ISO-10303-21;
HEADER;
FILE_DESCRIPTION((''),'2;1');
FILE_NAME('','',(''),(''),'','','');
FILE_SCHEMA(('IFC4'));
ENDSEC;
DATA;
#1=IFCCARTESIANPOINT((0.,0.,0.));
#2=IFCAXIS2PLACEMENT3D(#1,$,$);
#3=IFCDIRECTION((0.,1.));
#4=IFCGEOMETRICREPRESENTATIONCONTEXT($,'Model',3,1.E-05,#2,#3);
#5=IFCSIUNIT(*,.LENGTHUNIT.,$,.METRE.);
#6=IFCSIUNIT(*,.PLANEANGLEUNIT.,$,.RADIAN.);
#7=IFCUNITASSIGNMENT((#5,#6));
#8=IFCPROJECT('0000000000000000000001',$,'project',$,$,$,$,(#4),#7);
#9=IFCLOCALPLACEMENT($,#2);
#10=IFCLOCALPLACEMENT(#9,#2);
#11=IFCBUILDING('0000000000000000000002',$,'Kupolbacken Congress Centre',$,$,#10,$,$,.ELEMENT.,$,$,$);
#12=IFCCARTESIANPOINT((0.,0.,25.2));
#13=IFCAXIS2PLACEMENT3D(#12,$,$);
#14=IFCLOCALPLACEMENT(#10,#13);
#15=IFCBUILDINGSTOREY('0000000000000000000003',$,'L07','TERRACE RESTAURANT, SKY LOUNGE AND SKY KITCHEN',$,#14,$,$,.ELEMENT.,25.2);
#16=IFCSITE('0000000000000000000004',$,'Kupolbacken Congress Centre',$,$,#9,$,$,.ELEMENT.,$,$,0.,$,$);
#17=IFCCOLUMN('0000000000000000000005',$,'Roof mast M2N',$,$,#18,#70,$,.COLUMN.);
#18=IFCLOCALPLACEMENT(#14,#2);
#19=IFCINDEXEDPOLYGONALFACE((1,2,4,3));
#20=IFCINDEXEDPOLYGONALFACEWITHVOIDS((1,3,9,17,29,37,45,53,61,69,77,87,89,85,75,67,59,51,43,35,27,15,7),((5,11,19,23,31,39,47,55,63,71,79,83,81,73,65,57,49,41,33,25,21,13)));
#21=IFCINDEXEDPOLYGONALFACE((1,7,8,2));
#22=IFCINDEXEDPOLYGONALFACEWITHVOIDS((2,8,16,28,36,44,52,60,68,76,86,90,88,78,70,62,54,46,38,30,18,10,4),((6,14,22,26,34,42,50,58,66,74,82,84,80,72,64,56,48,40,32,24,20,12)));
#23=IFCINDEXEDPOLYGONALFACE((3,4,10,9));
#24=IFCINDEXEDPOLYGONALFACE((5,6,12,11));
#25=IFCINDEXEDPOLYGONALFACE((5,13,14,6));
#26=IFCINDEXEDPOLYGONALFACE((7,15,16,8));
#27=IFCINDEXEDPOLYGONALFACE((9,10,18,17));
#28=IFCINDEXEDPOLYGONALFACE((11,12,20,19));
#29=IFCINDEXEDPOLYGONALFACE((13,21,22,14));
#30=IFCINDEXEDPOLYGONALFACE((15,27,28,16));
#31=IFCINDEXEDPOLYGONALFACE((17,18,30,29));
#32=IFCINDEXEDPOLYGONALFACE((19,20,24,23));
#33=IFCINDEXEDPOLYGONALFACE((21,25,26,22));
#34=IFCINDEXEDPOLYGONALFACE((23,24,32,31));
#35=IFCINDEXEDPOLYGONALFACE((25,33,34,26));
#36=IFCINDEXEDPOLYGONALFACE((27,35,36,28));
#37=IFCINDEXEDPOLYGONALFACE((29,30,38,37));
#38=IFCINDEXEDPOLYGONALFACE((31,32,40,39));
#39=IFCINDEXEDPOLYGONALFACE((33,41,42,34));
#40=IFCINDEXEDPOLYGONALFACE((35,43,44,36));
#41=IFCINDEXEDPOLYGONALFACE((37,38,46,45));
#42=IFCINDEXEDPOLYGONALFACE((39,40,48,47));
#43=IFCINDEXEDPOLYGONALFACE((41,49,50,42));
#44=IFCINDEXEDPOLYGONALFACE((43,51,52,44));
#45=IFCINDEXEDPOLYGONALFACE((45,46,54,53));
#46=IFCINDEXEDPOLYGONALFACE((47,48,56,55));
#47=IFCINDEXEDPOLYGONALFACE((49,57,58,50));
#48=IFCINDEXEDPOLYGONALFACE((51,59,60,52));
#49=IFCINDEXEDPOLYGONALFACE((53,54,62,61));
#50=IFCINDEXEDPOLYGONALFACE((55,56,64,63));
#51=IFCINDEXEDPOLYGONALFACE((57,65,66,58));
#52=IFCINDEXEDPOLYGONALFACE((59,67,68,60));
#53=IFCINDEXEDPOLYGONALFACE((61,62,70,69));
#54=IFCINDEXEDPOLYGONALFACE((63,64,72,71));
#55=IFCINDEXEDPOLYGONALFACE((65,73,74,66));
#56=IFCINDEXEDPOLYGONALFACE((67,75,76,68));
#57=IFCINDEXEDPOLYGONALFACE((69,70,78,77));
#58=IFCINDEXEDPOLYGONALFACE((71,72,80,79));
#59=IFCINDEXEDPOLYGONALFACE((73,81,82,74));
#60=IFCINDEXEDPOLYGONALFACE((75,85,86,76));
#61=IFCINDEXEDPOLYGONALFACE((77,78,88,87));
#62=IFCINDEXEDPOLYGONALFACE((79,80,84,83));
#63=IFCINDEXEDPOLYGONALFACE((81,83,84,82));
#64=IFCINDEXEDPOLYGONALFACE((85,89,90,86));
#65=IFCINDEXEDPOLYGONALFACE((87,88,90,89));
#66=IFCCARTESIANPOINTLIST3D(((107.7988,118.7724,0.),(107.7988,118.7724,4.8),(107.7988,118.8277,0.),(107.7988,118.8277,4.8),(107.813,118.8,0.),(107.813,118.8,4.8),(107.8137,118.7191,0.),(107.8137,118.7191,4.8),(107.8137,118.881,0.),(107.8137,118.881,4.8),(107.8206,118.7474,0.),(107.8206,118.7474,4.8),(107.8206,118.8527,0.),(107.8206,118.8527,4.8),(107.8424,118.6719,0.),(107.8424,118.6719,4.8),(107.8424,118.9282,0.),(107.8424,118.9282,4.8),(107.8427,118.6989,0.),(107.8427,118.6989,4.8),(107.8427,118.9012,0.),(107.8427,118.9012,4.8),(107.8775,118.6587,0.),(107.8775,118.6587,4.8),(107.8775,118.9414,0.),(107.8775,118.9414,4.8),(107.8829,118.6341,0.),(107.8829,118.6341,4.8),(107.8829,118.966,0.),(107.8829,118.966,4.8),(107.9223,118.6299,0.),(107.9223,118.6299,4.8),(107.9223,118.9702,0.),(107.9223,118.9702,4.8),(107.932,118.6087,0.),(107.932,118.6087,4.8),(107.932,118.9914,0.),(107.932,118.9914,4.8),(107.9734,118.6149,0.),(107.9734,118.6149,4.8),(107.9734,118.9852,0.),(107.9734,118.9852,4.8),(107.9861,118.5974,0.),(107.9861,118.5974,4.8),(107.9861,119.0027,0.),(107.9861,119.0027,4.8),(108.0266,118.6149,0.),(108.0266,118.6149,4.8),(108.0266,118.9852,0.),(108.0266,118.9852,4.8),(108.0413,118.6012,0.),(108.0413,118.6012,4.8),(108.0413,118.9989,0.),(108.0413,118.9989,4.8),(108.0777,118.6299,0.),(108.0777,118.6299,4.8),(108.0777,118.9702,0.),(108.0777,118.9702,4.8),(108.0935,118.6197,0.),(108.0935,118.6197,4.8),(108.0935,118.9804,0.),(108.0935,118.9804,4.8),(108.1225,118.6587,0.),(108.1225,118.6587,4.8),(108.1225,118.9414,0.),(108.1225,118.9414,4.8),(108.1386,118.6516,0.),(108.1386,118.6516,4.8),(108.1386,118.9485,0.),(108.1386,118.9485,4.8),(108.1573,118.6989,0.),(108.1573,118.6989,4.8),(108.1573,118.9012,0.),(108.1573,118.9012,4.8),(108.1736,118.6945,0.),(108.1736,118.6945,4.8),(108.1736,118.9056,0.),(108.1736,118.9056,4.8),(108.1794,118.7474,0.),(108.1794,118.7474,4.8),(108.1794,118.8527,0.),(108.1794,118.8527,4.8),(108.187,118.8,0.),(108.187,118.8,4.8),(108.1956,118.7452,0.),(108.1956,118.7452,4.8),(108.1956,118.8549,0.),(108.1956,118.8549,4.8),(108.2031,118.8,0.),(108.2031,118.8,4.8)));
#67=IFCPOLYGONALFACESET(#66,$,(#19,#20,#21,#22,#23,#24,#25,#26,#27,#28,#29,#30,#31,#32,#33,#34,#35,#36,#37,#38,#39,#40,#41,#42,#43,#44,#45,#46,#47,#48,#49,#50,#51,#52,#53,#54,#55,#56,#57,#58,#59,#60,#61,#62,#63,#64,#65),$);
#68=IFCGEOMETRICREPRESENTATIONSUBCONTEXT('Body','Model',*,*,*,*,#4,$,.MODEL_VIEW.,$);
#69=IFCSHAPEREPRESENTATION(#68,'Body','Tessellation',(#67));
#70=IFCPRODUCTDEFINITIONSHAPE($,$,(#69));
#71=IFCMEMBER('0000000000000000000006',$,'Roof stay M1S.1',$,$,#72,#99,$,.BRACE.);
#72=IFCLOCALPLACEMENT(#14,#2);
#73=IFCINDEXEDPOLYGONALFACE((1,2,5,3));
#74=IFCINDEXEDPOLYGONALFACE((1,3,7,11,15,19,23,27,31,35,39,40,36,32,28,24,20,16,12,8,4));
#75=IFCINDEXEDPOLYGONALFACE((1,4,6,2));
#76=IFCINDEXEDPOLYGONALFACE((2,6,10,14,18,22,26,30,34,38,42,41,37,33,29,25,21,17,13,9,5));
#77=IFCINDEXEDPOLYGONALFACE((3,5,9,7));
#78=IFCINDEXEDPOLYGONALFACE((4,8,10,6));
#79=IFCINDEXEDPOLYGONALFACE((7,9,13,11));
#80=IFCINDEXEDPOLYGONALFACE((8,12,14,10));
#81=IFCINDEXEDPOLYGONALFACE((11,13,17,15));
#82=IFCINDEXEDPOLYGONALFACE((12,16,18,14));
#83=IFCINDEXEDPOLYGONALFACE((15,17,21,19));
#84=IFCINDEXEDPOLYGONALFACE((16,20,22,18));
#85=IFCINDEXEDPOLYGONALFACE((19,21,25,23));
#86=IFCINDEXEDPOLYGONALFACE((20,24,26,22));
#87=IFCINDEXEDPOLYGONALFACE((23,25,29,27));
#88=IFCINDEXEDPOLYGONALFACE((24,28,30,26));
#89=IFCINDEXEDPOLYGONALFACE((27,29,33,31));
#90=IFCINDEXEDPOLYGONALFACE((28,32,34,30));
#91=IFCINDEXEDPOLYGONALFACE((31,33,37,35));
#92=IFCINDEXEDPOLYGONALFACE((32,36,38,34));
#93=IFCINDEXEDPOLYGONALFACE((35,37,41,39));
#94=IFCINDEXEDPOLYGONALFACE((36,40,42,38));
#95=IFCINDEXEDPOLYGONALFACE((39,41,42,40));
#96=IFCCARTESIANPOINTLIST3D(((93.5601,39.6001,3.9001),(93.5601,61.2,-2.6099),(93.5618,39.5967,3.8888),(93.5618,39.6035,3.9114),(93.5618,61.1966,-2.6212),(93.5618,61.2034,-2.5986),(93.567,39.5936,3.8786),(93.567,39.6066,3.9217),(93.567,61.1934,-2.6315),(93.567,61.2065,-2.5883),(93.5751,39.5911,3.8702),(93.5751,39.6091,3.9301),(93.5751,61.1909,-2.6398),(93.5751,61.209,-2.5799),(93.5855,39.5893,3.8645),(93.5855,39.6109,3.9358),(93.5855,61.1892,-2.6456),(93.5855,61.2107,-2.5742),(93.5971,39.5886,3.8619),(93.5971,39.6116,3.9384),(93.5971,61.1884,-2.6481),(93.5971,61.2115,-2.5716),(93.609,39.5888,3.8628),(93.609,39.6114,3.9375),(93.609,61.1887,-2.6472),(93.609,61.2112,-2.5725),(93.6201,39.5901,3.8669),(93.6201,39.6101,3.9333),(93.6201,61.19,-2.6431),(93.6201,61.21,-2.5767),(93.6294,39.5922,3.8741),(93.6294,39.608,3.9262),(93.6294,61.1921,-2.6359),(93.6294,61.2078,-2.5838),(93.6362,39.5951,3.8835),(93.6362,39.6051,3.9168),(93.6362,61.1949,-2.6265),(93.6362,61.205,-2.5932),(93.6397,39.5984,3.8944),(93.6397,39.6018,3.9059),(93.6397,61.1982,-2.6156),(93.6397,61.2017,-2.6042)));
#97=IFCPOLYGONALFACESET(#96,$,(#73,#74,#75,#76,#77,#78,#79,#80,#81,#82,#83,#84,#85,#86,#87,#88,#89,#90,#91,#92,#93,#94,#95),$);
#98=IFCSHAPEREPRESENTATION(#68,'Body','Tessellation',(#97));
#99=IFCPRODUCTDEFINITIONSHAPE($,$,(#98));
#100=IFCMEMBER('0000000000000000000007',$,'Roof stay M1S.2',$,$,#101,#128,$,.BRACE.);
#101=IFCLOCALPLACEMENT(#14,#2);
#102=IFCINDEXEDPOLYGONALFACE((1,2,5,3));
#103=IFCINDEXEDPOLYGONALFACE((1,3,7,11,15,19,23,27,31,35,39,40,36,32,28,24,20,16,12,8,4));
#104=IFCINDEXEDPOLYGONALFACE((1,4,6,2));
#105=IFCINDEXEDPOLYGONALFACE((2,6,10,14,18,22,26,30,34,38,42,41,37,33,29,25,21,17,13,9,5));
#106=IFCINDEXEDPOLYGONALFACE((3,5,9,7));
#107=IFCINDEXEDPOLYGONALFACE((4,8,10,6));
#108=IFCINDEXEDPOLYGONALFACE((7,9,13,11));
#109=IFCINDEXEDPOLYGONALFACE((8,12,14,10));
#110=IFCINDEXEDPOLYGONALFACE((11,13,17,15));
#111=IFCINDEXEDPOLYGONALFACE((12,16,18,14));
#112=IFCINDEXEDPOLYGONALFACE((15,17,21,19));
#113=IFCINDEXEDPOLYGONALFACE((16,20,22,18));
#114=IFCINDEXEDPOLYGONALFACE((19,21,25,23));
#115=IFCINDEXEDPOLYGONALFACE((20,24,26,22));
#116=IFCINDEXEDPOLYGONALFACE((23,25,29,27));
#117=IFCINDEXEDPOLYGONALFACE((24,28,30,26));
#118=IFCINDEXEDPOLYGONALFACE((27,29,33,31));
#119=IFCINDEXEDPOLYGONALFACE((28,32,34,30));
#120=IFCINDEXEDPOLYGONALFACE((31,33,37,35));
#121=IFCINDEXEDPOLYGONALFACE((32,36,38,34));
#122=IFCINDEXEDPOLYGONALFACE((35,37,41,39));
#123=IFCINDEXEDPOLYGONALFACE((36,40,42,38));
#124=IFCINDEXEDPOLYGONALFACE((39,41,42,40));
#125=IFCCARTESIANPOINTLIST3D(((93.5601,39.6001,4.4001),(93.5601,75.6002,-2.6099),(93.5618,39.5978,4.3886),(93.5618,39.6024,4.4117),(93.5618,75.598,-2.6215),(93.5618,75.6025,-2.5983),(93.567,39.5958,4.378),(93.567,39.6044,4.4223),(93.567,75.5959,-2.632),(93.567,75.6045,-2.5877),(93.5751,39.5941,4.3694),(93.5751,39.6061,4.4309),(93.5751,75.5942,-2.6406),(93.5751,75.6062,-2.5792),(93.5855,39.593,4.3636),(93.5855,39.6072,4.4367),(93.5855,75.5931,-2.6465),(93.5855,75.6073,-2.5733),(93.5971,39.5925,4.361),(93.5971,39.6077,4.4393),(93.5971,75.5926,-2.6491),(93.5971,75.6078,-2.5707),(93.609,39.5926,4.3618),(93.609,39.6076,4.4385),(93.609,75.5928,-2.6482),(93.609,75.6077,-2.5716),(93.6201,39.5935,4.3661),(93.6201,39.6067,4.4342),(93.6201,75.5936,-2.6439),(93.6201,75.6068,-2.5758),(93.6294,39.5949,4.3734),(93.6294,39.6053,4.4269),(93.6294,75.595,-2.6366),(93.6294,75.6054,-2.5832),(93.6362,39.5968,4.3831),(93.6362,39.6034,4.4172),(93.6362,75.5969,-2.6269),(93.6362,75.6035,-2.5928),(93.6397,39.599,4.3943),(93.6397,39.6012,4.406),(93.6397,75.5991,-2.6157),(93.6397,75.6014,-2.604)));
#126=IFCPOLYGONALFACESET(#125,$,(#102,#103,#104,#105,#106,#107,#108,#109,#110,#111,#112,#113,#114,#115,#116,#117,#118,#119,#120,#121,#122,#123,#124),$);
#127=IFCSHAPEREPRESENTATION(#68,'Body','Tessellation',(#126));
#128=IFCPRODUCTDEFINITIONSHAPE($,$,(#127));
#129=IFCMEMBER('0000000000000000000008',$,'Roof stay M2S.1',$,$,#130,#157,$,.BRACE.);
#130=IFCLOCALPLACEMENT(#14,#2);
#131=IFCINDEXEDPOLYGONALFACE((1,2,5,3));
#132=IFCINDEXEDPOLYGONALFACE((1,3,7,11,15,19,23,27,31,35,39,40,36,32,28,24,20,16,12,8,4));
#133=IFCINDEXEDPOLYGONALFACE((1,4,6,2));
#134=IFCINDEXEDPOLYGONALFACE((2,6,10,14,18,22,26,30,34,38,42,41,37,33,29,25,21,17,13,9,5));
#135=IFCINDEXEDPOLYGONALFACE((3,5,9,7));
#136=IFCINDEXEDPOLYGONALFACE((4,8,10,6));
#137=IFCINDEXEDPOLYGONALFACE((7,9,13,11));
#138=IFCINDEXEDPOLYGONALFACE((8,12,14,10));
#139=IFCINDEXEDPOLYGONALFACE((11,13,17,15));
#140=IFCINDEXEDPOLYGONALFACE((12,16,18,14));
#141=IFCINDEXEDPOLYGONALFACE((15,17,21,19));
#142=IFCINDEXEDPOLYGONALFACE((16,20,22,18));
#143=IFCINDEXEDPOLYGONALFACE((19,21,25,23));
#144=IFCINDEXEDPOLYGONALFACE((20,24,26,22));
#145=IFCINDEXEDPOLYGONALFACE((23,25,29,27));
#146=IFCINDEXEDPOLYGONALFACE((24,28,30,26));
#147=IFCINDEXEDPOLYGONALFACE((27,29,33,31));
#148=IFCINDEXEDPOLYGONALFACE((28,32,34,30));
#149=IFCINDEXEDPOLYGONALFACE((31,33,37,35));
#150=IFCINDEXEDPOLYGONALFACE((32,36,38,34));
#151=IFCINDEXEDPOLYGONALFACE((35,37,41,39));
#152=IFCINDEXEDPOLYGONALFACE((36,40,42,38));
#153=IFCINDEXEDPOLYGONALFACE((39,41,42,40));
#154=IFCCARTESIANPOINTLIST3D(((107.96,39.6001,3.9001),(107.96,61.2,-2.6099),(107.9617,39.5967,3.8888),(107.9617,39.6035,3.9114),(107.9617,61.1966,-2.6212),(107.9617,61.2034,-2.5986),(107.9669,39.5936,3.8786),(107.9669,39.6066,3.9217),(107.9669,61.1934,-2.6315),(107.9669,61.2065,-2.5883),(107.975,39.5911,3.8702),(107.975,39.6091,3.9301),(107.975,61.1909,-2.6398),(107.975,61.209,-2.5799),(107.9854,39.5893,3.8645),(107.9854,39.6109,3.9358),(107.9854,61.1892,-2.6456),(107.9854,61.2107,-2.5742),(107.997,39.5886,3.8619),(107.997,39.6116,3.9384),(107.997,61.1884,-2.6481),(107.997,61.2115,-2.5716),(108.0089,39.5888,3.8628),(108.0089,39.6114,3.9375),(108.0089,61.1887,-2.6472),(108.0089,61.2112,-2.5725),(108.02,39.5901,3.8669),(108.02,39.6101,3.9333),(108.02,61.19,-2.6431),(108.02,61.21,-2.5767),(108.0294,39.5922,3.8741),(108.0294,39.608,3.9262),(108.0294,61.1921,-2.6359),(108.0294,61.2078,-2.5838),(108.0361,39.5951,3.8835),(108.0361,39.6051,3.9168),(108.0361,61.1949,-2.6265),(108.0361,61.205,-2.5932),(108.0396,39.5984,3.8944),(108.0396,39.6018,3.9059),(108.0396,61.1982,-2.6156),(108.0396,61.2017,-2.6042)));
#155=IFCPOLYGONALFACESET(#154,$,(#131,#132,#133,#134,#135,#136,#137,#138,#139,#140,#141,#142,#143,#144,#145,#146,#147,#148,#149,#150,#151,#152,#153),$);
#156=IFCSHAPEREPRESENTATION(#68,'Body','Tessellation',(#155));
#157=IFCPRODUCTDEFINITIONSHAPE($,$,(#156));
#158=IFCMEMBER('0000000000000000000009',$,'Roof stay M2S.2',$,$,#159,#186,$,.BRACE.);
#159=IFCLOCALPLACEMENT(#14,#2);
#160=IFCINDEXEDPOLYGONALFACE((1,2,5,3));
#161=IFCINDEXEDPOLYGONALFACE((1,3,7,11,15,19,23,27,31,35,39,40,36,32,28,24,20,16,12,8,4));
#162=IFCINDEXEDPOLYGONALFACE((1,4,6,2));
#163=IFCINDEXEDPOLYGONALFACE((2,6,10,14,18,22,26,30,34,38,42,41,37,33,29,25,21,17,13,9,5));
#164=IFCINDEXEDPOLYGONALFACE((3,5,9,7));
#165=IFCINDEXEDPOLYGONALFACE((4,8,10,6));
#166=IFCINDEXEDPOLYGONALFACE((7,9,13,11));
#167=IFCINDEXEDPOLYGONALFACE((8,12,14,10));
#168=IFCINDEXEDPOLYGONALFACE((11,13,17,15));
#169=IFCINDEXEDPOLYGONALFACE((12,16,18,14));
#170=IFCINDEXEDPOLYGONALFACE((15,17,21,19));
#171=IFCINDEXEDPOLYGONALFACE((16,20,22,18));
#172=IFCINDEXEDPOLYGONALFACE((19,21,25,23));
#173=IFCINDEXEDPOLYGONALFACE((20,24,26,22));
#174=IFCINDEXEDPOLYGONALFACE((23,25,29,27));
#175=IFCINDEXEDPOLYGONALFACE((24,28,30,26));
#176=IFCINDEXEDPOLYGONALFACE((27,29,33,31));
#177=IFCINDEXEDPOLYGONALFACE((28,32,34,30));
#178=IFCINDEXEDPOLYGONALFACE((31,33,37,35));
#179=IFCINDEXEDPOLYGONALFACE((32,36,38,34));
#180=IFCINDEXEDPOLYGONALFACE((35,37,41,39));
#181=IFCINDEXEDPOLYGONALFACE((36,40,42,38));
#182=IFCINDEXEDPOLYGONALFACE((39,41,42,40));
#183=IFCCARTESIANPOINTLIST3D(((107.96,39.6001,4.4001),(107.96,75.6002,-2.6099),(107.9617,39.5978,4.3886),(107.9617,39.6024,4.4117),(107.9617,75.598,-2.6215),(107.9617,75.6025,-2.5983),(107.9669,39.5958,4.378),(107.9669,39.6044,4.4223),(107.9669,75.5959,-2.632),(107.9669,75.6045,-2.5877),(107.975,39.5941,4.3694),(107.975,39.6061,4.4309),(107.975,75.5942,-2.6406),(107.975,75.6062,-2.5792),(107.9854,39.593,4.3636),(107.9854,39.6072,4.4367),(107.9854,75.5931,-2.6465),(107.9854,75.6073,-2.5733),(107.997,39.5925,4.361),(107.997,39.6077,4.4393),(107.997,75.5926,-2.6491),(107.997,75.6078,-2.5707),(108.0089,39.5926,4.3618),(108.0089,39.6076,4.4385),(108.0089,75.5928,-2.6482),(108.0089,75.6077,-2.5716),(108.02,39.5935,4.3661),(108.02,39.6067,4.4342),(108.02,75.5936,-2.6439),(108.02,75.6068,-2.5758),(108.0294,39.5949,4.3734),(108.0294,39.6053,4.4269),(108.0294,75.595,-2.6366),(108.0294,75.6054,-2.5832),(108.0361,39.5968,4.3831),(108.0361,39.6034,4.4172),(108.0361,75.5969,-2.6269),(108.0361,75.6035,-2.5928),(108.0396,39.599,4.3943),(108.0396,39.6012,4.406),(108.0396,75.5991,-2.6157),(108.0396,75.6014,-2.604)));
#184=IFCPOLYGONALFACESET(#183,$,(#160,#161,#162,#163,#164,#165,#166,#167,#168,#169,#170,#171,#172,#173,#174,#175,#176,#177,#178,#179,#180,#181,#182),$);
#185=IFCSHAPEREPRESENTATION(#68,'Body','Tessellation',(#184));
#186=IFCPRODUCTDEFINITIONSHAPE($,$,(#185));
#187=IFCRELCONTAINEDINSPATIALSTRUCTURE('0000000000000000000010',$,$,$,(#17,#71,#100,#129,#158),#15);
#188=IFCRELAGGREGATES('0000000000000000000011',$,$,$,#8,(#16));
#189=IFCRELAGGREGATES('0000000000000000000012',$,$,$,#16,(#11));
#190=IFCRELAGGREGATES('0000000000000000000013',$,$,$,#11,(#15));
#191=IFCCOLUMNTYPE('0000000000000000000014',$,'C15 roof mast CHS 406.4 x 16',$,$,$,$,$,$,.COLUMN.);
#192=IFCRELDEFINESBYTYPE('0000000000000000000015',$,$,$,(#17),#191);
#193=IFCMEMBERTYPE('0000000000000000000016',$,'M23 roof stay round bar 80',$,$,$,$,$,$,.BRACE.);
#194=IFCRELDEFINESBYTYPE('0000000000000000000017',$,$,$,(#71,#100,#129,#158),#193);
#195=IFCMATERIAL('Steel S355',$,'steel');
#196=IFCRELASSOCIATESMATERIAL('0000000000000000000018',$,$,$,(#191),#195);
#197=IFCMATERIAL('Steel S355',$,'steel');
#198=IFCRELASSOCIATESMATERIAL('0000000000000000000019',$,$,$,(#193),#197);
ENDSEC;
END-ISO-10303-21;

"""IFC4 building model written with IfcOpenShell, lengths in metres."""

from ifc_helpers import new_model, si_unit, direction, frame, origin, origin_2d, place, context, subcontext, project, spatial, circle, hollow_circle, extrude, material, material_profile, profile_set, type_object, element, save


model = new_model("IFC4")

# Units and contexts
model_context = context("Model", 3, precision=1e-05, world=origin(), true_north=direction((0.0, 1.0)))
body_context = subcontext(model_context, "Body", "Model", "MODEL_VIEW")
ifc_project = project(units=[si_unit("LENGTHUNIT", "METRE"), si_unit("PLANEANGLEUNIT", "RADIAN")], contexts=[model_context])

# Site, building, storey
site_placement = place(None, origin())
site = spatial("IfcSite", under=ifc_project, at=site_placement, Name="Kupolbacken Congress Centre", CompositionType="ELEMENT", RefElevation=0.0)
building_placement = place(site_placement, origin())
building = spatial("IfcBuilding", under=site, at=building_placement, Name="Kupolbacken Congress Centre", CompositionType="ELEMENT")
storey_placement = place(building_placement, frame((0.0, 0.0, 25.2)))
storey = spatial("IfcBuildingStorey", under=building, at=storey_placement, Name="L07", Description="TERRACE RESTAURANT, SKY LOUNGE AND SKY KITCHEN", CompositionType="ELEMENT", Elevation=25.2)

# Column
ifc_material_1 = material(Name="Steel S355", Category="steel")
ifc_material_profile_1 = material_profile(ifc_material_1, hollow_circle(Radius=0.2031, WallThickness=0.0161, at=origin_2d()), Name="CHS 406.4 x 16")
ifc_profile_set_1 = profile_set([ifc_material_profile_1], Name="Steel S355")
column_type = type_object("IfcColumnType", Name="C15 roof mast CHS 406.4 x 16", PredefinedType="COLUMN", material=ifc_profile_set_1)
for number, where, z_axis, x_axis, name in (
    (1, (108.0, 118.8, 0.0), (0.0, 0.0, 1.0), (1.0, 0.0, 0.0), "Roof mast M2N"),
):
    element("IfcColumn", number, at=place(storey_placement, frame(where, z_axis=z_axis, x_axis=x_axis)), inside=storey, type_object=column_type, Name=name, PredefinedType="COLUMN", context=body_context, shape_type="SweptSolid", body=[
        extrude(hollow_circle(Radius=0.2031, WallThickness=0.0161, at=origin_2d()), origin(), (0.0, 0.0, 1.0), 4.8),
    ])

# Members
ifc_material_2 = material(Name="Steel S355", Category="steel")
ifc_material_profile_2 = material_profile(ifc_material_2, circle(Radius=0.04, at=origin_2d()), Name="RB 80")
ifc_profile_set_2 = profile_set([ifc_material_profile_2], Name="Steel S355")
member_type = type_object("IfcMemberType", Name="M23 roof stay round bar 80", PredefinedType="BRACE", material=ifc_profile_set_2)
member_1_placement = place(storey_placement, frame((93.6001, 39.6001, 3.9001), z_axis=(0.0, 0.957459, -0.28857), x_axis=(-1.0, 0.0, 0.0)))
element("IfcMember", 2, at=member_1_placement, inside=storey, type_object=member_type, Name="Roof stay M1S.1", PredefinedType="BRACE", context=body_context, shape_type="SweptSolid", body=[
    extrude(circle(Radius=0.04, at=origin_2d()), origin(), (0.0, 0.0, 1.0), 22.5596),
])
member_2_placement = place(storey_placement, frame((93.6001, 39.6001, 4.4001), z_axis=(0.0, 0.981564, -0.191133), x_axis=(-1.0, 0.0, 0.0)))
element("IfcMember", 3, at=member_2_placement, inside=storey, type_object=member_type, Name="Roof stay M1S.2", PredefinedType="BRACE", context=body_context, shape_type="SweptSolid", body=[
    extrude(circle(Radius=0.04, at=origin_2d()), origin(), (0.0, 0.0, 1.0), 36.6763),
])
member_3_placement = place(storey_placement, frame((108.0, 39.6001, 3.9001), z_axis=(0.0, 0.957459, -0.28857), x_axis=(-1.0, 0.0, 0.0)))
element("IfcMember", 4, at=member_3_placement, inside=storey, type_object=member_type, Name="Roof stay M2S.1", PredefinedType="BRACE", context=body_context, shape_type="SweptSolid", body=[
    extrude(circle(Radius=0.04, at=origin_2d()), origin(), (0.0, 0.0, 1.0), 22.5596),
])
member_4_placement = place(storey_placement, frame((108.0, 39.6001, 4.4001), z_axis=(0.0, 0.981564, -0.191133), x_axis=(-1.0, 0.0, 0.0)))
element("IfcMember", 5, at=member_4_placement, inside=storey, type_object=member_type, Name="Roof stay M2S.2", PredefinedType="BRACE", context=body_context, shape_type="SweptSolid", body=[
    extrude(circle(Radius=0.04, at=origin_2d()), origin(), (0.0, 0.0, 1.0), 36.6763),
])

save(model, "model.ifc")
